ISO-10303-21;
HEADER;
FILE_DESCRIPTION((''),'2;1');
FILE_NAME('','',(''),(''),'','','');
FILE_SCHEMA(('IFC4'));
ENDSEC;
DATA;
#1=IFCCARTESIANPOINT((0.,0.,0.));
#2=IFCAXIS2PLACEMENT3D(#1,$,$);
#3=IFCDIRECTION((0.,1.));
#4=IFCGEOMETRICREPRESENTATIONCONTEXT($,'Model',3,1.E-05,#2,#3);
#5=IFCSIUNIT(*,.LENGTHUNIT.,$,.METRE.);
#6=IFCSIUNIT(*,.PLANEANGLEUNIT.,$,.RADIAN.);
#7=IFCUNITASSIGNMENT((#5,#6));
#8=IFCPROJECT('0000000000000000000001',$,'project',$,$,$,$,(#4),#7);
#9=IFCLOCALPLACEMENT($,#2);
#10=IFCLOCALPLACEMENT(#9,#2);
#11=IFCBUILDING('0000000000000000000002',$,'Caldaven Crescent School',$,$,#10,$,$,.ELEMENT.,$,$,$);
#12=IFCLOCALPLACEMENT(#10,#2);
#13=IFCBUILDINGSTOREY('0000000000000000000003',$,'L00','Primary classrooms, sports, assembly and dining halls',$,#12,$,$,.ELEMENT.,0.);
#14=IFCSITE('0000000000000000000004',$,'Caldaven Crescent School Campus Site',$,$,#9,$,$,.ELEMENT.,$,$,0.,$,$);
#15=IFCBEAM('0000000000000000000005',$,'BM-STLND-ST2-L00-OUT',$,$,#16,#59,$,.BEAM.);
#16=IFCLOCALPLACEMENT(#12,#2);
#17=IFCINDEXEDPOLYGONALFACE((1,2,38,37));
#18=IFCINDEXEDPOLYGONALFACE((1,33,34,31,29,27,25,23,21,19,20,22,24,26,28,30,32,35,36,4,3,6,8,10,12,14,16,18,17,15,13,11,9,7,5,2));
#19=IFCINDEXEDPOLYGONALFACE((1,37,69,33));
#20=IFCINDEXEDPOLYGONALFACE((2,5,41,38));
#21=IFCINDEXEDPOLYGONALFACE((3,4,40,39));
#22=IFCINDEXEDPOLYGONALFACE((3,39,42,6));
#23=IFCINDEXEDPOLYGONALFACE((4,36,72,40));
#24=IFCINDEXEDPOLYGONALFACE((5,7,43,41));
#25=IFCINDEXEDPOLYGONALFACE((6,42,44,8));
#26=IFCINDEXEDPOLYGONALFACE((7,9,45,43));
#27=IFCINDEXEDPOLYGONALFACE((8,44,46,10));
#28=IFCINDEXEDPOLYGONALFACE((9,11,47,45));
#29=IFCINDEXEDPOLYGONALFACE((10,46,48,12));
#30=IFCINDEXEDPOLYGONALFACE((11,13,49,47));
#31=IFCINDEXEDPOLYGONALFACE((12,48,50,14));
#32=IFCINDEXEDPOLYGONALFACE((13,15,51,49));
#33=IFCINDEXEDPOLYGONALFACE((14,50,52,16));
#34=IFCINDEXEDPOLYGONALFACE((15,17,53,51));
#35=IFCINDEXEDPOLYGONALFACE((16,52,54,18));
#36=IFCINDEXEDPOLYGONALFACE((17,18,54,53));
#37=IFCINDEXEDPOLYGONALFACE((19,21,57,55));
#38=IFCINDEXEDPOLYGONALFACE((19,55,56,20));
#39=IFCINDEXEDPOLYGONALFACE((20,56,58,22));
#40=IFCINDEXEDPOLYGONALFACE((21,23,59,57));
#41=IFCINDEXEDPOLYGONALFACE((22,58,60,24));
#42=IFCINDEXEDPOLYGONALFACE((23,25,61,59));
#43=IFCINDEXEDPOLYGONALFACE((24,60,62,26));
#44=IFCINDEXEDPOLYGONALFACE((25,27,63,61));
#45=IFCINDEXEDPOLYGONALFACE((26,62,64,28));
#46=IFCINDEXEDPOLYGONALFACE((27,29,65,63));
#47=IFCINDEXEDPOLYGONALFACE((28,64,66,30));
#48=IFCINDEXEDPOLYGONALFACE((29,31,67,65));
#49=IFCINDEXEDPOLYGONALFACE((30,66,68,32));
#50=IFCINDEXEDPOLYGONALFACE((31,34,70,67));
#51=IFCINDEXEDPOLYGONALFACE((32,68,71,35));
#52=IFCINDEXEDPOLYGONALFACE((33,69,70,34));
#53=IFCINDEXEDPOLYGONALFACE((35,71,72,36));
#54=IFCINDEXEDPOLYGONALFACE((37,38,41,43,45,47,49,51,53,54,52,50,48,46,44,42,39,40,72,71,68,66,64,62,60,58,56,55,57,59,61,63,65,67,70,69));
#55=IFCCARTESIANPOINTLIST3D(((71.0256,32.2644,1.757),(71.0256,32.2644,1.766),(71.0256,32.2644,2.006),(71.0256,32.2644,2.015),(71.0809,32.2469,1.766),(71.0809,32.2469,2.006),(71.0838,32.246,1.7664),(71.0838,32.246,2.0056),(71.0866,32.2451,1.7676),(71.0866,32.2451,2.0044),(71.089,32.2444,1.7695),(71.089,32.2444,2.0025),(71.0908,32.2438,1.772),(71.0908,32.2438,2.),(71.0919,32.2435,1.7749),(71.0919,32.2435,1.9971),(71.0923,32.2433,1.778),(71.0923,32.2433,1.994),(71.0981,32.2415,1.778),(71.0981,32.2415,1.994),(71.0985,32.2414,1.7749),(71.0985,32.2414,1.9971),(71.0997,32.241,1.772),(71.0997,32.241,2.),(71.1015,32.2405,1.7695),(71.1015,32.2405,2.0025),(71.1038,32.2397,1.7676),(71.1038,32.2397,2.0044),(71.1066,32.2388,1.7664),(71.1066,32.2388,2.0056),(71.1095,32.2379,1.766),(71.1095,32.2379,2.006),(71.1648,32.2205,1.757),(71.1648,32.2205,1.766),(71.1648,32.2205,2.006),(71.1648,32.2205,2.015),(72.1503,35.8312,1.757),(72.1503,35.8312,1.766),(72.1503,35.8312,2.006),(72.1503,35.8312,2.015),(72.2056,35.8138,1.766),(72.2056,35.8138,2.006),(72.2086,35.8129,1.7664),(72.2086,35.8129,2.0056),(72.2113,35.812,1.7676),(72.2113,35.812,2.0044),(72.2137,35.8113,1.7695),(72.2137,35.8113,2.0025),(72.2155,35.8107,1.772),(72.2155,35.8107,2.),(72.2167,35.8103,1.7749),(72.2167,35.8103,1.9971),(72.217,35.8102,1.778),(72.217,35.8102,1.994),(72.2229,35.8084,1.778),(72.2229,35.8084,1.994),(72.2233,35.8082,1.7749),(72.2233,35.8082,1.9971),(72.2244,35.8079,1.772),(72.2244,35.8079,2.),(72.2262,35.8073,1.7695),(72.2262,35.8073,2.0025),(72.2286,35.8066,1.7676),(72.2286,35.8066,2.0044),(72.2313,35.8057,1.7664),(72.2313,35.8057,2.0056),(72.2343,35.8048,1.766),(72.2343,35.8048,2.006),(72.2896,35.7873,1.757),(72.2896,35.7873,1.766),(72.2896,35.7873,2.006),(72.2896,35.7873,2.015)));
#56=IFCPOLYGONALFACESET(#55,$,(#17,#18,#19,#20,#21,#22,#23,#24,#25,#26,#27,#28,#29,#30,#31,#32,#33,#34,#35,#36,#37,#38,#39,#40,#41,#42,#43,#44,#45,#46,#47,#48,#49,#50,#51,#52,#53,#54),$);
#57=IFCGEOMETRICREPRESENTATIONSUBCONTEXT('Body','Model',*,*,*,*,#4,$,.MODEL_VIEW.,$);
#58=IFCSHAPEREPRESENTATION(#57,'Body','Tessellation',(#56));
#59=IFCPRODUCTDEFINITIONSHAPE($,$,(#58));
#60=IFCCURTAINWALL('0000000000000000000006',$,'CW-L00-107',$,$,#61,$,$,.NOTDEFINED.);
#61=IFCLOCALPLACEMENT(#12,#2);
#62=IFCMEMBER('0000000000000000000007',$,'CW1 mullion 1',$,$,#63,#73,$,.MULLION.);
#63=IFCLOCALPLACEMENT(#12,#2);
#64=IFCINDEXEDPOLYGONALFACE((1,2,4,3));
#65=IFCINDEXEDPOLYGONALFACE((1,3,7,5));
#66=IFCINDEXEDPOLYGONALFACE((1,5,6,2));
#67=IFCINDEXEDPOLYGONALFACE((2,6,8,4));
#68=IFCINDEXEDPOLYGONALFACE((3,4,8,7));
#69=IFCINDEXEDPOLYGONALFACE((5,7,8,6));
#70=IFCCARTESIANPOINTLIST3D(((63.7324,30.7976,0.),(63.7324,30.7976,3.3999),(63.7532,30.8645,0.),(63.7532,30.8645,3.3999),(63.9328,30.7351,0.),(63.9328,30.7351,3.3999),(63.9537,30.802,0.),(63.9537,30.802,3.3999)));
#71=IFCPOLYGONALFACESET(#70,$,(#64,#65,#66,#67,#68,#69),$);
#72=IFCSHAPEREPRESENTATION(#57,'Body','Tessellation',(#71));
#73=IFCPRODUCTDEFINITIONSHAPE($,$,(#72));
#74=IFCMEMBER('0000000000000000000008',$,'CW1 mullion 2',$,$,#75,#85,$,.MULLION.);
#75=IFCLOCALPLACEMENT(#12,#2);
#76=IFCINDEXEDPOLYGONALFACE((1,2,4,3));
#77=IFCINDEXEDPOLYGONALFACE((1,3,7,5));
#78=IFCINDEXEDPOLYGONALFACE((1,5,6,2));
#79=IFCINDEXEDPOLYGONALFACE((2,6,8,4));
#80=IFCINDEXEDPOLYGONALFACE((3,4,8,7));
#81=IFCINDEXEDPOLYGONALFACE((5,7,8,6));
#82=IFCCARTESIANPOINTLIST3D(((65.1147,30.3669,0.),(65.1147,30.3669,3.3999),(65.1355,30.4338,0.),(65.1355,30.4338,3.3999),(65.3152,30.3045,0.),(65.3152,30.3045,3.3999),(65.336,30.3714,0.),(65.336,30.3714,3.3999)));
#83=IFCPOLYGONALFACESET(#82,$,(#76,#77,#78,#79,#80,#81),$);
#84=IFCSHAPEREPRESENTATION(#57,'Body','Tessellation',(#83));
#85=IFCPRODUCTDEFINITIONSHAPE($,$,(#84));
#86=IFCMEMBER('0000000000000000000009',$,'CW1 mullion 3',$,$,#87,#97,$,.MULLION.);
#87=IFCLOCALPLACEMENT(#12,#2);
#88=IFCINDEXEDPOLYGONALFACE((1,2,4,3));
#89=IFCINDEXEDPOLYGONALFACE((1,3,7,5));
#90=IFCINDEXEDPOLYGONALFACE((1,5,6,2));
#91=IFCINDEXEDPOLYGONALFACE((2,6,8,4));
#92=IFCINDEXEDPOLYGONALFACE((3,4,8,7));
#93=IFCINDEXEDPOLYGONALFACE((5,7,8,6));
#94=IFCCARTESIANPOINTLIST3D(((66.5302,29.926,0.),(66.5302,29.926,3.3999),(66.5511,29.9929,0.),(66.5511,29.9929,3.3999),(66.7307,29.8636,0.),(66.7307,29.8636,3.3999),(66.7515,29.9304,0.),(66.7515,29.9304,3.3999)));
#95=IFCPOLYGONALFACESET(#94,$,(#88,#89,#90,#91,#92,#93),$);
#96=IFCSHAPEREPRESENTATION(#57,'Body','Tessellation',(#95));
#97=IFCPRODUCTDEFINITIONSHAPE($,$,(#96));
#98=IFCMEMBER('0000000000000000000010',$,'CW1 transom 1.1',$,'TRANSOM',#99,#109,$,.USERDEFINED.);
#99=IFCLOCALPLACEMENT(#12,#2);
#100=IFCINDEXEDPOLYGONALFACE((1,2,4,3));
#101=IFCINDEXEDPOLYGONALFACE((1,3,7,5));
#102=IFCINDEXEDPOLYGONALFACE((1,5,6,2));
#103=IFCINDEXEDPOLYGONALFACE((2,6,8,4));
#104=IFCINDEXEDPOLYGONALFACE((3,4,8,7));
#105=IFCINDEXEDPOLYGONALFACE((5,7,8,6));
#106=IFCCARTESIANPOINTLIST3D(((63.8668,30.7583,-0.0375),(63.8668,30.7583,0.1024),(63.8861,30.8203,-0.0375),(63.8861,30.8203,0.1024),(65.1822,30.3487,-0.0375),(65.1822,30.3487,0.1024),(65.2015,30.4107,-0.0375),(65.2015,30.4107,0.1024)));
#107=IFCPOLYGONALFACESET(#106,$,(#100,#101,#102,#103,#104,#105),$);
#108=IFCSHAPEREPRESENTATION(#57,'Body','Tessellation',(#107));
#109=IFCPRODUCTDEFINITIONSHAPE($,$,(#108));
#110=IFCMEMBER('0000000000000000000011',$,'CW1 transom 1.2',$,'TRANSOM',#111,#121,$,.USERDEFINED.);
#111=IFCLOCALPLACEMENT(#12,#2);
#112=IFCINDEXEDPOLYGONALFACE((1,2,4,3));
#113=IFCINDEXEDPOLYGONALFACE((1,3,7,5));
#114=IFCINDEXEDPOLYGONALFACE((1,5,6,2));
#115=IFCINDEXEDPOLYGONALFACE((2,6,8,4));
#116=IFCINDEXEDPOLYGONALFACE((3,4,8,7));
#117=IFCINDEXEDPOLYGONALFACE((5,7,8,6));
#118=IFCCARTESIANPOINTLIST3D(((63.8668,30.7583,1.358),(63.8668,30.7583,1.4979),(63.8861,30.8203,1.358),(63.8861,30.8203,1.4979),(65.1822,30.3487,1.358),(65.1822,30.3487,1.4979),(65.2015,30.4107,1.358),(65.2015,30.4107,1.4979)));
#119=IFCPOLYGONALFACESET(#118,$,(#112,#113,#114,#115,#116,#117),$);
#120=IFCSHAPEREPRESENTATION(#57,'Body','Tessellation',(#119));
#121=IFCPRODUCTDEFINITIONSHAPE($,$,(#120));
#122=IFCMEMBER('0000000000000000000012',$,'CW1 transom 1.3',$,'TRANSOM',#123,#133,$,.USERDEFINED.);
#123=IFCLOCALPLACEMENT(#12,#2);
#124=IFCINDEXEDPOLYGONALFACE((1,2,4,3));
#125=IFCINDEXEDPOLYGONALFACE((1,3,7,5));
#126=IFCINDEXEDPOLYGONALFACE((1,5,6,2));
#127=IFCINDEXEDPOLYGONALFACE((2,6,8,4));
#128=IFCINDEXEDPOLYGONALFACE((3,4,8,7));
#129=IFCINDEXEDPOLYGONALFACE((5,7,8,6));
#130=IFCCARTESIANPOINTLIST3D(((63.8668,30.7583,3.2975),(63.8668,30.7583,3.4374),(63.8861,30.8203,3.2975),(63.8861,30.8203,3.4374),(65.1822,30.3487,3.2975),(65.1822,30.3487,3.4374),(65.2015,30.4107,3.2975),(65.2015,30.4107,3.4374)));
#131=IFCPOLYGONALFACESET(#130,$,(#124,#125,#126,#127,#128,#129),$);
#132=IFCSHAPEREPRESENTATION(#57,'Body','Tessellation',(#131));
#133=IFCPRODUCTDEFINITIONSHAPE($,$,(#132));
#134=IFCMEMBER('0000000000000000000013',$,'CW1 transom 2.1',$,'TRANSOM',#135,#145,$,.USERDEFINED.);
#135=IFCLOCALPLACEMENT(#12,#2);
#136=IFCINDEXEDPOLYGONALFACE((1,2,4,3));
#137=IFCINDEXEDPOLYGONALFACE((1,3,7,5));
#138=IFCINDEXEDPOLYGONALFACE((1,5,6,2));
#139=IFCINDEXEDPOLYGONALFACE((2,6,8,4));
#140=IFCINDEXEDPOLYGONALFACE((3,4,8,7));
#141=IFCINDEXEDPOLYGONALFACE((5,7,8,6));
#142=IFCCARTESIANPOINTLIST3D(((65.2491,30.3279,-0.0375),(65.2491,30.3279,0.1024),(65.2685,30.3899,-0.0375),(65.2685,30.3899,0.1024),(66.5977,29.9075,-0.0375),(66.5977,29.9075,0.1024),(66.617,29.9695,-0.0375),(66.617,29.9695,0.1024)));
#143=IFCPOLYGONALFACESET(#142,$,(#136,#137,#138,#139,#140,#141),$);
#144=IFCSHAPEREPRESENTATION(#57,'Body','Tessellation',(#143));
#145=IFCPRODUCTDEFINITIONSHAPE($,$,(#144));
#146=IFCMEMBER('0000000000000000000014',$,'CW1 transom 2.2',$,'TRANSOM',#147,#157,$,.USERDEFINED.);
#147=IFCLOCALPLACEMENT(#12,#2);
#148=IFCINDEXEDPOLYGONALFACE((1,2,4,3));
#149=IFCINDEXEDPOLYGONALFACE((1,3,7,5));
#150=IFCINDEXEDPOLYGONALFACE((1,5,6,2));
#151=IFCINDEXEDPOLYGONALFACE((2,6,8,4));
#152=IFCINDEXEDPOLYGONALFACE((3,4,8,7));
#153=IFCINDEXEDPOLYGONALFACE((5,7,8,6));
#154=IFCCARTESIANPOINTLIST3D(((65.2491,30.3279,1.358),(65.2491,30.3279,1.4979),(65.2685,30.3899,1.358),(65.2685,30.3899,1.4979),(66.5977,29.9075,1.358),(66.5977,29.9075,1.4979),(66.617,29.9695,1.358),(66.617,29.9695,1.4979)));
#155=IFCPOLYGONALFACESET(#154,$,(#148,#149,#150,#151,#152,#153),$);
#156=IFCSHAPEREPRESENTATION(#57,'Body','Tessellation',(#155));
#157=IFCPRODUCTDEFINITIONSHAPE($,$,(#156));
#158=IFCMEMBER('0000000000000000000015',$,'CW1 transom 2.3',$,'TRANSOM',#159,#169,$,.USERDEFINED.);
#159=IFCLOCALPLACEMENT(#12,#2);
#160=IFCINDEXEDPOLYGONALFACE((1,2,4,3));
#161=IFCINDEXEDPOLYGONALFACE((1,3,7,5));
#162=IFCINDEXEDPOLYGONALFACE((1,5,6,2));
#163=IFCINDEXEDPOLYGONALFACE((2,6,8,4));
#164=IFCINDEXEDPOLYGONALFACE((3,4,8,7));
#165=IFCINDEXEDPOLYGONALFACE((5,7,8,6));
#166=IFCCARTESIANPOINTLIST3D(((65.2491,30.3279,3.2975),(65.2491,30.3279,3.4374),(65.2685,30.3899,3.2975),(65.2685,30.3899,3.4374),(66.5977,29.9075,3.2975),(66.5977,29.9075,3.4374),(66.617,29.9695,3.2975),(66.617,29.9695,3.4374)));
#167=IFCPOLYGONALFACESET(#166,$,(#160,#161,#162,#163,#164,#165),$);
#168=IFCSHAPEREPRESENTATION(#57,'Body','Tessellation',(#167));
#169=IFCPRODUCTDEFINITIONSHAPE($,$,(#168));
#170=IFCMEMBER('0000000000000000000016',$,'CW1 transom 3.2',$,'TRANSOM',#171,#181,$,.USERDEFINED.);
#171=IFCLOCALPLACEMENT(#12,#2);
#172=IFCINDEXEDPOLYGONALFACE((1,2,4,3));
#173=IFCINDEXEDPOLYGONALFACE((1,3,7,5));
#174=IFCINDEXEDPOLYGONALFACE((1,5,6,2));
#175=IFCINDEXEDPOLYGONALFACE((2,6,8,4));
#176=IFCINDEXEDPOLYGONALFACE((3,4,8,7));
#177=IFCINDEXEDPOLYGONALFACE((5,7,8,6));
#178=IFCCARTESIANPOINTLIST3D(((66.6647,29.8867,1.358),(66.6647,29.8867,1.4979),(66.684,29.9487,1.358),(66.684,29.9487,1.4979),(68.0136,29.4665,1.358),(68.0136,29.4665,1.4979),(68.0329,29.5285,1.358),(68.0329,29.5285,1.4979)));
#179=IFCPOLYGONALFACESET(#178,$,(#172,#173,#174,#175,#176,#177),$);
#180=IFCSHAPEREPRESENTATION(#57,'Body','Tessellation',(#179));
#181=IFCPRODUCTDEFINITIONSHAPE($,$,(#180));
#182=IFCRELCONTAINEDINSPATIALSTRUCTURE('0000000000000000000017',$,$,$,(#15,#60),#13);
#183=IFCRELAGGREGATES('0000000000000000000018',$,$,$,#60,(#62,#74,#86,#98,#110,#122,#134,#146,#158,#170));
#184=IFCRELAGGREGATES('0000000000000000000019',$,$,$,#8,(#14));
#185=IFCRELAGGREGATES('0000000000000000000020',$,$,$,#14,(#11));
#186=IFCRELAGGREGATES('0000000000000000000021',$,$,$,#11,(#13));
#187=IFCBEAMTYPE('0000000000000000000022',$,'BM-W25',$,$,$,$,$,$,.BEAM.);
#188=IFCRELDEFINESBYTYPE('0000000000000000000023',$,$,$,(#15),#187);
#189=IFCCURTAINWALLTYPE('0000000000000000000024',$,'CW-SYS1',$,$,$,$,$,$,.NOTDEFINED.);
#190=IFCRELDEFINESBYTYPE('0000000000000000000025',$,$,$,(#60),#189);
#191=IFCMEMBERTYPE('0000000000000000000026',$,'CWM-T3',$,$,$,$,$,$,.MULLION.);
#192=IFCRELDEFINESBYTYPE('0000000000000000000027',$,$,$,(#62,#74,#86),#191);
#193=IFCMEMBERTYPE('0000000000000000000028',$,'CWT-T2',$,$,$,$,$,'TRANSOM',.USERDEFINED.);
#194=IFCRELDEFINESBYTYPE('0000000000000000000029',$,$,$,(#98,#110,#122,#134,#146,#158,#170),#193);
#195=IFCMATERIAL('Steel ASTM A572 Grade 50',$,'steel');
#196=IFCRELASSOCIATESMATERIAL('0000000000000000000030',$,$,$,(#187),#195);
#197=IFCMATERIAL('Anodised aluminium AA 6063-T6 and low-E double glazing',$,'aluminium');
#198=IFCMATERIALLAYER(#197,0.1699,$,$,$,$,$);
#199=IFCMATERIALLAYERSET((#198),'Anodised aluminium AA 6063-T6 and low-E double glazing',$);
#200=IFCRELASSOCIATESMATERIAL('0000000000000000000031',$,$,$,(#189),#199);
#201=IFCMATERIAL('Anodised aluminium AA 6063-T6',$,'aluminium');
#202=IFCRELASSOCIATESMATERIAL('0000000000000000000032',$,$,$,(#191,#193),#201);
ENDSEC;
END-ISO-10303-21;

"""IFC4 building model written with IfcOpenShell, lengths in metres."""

from ifc_helpers import new_model, si_unit, direction, frame, origin, origin_2d, place, context, subcontext, project, spatial, rectangle, i_section, extrude, material, layer, layer_set, material_profile, profile_set, type_object, element, aggregate, save


model = new_model("IFC4")

# Units and contexts
model_context = context("Model", 3, precision=1e-05, world=origin(), true_north=direction((0.0, 1.0)))
body_context = subcontext(model_context, "Body", "Model", "MODEL_VIEW")
ifc_project = project(units=[si_unit("LENGTHUNIT", "METRE"), si_unit("PLANEANGLEUNIT", "RADIAN")], contexts=[model_context])

# Site, building, storey
site_placement = place(None, origin())
site = spatial("IfcSite", under=ifc_project, at=site_placement, Name="Caldaven Crescent School Campus Site", CompositionType="ELEMENT", RefElevation=0.0)
building_placement = place(site_placement, origin())
building = spatial("IfcBuilding", under=site, at=building_placement, Name="Caldaven Crescent School", CompositionType="ELEMENT")
storey_placement = place(building_placement, origin())
storey = spatial("IfcBuildingStorey", under=building, at=storey_placement, Name="L00", Description="Primary classrooms, sports, assembly and dining halls", CompositionType="ELEMENT", Elevation=0.0)

# Shared definitions
ifc_material_1 = material(Name="Steel ASTM A572 Grade 50", Category="steel")

# Beam
ifc_material_profile_1 = material_profile(ifc_material_1, i_section(OverallWidth=0.146, OverallDepth=0.2581, WebThickness=0.0061, FlangeThickness=0.009, FilletRadius=0.012, at=origin_2d()), Name="W250x33")
ifc_profile_set_1 = profile_set([ifc_material_profile_1], Name="Steel ASTM A572 Grade 50")
beam_type_1 = type_object("IfcBeamType", Name="BM-W25", PredefinedType="BEAM", material=ifc_profile_set_1)
for number, where, z_axis, x_axis, name in (
    (1, (71.0952, 32.2424, 1.886), (0.300735, 0.953708, 0.0), (-0.953708, 0.300735, 0.0), "BM-STLND-ST2-L00-OUT"),
):
    element("IfcBeam", number, at=place(storey_placement, frame(where, z_axis=z_axis, x_axis=x_axis)), inside=storey, type_object=beam_type_1, Name=name, PredefinedType="BEAM", context=body_context, shape_type="SweptSolid", body=[
        extrude(i_section(OverallWidth=0.146, OverallDepth=0.2581, WebThickness=0.0061, FlangeThickness=0.009, FilletRadius=0.012, at=origin_2d()), origin(), (0.0, 0.0, 1.0), 3.74),
    ])

# Curtain wall, members
ifc_material_2 = material(Name="Anodised aluminium AA 6063-T6 and low-E double glazing", Category="aluminium")
ifc_layer_1 = layer(ifc_material_2, 0.1699)
ifc_layer_set_1 = layer_set([ifc_layer_1], Name="Anodised aluminium AA 6063-T6 and low-E double glazing")
curtain_wall_type = type_object("IfcCurtainWallType", Name="CW-SYS1", PredefinedType="NOTDEFINED", material=ifc_layer_set_1)
curtain_wall_placement = place(storey_placement, origin())
curtain_wall = element("IfcCurtainWall", 2, at=curtain_wall_placement, inside=storey, type_object=curtain_wall_type, Name="CW-L00-107", PredefinedType="NOTDEFINED")
ifc_material_3 = material(Name="Anodised aluminium AA 6063-T6", Category="aluminium")
ifc_material_profile_2 = material_profile(ifc_material_3, rectangle(XDim=0.0701, YDim=0.21, at=origin_2d()), Name="CWM 70x210")
ifc_profile_set_2 = profile_set([ifc_material_profile_2], Name="Anodised aluminium AA 6063-T6")
member_type_1 = type_object("IfcMemberType", Name="CWM-T3", PredefinedType="MULLION", material=ifc_profile_set_2)
member_1_placement = place(storey_placement, frame((63.843, 30.7998, 0.0), z_axis=(0.0, 0.0, 1.0), x_axis=(0.29742, 0.954747, 0.0)))
member_1 = element("IfcMember", 3, at=member_1_placement, type_object=member_type_1, Name="CW1 mullion 1", PredefinedType="MULLION", context=body_context, shape_type="SweptSolid", body=[
    extrude(rectangle(XDim=0.0701, YDim=0.21, at=origin_2d()), origin(), (0.0, 0.0, 1.0), 3.3999),
])
member_2_placement = place(storey_placement, frame((65.2253, 30.3691, 0.0), z_axis=(0.0, 0.0, 1.0), x_axis=(0.29742, 0.954747, 0.0)))
member_2 = element("IfcMember", 4, at=member_2_placement, type_object=member_type_1, Name="CW1 mullion 2", PredefinedType="MULLION", context=body_context, shape_type="SweptSolid", body=[
    extrude(rectangle(XDim=0.0701, YDim=0.21, at=origin_2d()), origin(), (0.0, 0.0, 1.0), 3.3999),
])
member_3_placement = place(storey_placement, frame((66.6409, 29.9282, 0.0), z_axis=(0.0, 0.0, 1.0), x_axis=(0.29742, 0.954747, 0.0)))
member_3 = element("IfcMember", 5, at=member_3_placement, type_object=member_type_1, Name="CW1 mullion 3", PredefinedType="MULLION", context=body_context, shape_type="SweptSolid", body=[
    extrude(rectangle(XDim=0.0701, YDim=0.21, at=origin_2d()), origin(), (0.0, 0.0, 1.0), 3.3999),
])
ifc_material_profile_3 = material_profile(ifc_material_3, rectangle(XDim=0.0649, YDim=0.1399, at=origin_2d()), Name="CWT 65x140")
ifc_profile_set_3 = profile_set([ifc_material_profile_3], Name="Anodised aluminium AA 6063-T6")
member_type_2 = type_object("IfcMemberType", Name="CWT-T2", ElementType="TRANSOM", PredefinedType="USERDEFINED", material=ifc_profile_set_3)
member_4_placement = place(storey_placement, frame((63.8765, 30.7893, 0.0325), z_axis=(0.95477, -0.297347, 0.0), x_axis=(0.297347, 0.95477, 0.0)))
member_4 = element("IfcMember", 6, at=member_4_placement, type_object=member_type_2, Name="CW1 transom 1.1", ObjectType="TRANSOM", PredefinedType="USERDEFINED", context=body_context, shape_type="SweptSolid", body=[
    extrude(rectangle(XDim=0.0649, YDim=0.1399, at=origin_2d()), origin(), (0.0, 0.0, 1.0), 1.3777),
])
member_5_placement = place(storey_placement, frame((63.8765, 30.7893, 1.428), z_axis=(0.95477, -0.297347, 0.0), x_axis=(0.297347, 0.95477, 0.0)))
member_5 = element("IfcMember", 7, at=member_5_placement, type_object=member_type_2, Name="CW1 transom 1.2", ObjectType="TRANSOM", PredefinedType="USERDEFINED", context=body_context, shape_type="SweptSolid", body=[
    extrude(rectangle(XDim=0.0649, YDim=0.1399, at=origin_2d()), origin(), (0.0, 0.0, 1.0), 1.3777),
])
member_6_placement = place(storey_placement, frame((63.8765, 30.7893, 3.3674), z_axis=(0.95477, -0.297347, 0.0), x_axis=(0.297347, 0.95477, 0.0)))
member_6 = element("IfcMember", 8, at=member_6_placement, type_object=member_type_2, Name="CW1 transom 1.3", ObjectType="TRANSOM", PredefinedType="USERDEFINED", context=body_context, shape_type="SweptSolid", body=[
    extrude(rectangle(XDim=0.0649, YDim=0.1399, at=origin_2d()), origin(), (0.0, 0.0, 1.0), 1.3777),
])
member_7_placement = place(storey_placement, frame((65.2588, 30.3589, 0.0325), z_axis=(0.954689, -0.297606, 0.0), x_axis=(0.297606, 0.954689, 0.0)))
member_7 = element("IfcMember", 9, at=member_7_placement, type_object=member_type_2, Name="CW1 transom 2.1", ObjectType="TRANSOM", PredefinedType="USERDEFINED", context=body_context, shape_type="SweptSolid", body=[
    extrude(rectangle(XDim=0.0649, YDim=0.1399, at=origin_2d()), origin(), (0.0, 0.0, 1.0), 1.4126),
])
member_8_placement = place(storey_placement, frame((65.2588, 30.3589, 1.428), z_axis=(0.954689, -0.297606, 0.0), x_axis=(0.297606, 0.954689, 0.0)))
member_8 = element("IfcMember", 10, at=member_8_placement, type_object=member_type_2, Name="CW1 transom 2.2", ObjectType="TRANSOM", PredefinedType="USERDEFINED", context=body_context, shape_type="SweptSolid", body=[
    extrude(rectangle(XDim=0.0649, YDim=0.1399, at=origin_2d()), origin(), (0.0, 0.0, 1.0), 1.4126),
])
member_9_placement = place(storey_placement, frame((65.2588, 30.3589, 3.3674), z_axis=(0.954689, -0.297606, 0.0), x_axis=(0.297606, 0.954689, 0.0)))
member_9 = element("IfcMember", 11, at=member_9_placement, type_object=member_type_2, Name="CW1 transom 2.3", ObjectType="TRANSOM", PredefinedType="USERDEFINED", context=body_context, shape_type="SweptSolid", body=[
    extrude(rectangle(XDim=0.0649, YDim=0.1399, at=origin_2d()), origin(), (0.0, 0.0, 1.0), 1.4126),
])
member_10_placement = place(storey_placement, frame((66.6743, 29.9177, 1.428), z_axis=(0.954753, -0.297399, 0.0), x_axis=(0.297399, 0.954753, 0.0)))
member_10 = element("IfcMember", 12, at=member_10_placement, type_object=member_type_2, Name="CW1 transom 3.2", ObjectType="TRANSOM", PredefinedType="USERDEFINED", context=body_context, shape_type="SweptSolid", body=[
    extrude(rectangle(XDim=0.0649, YDim=0.1399, at=origin_2d()), origin(), (0.0, 0.0, 1.0), 1.4128),
])

aggregate(curtain_wall, [member_1, member_2, member_3, member_4, member_5, member_6, member_7, member_8, member_9, member_10])

save(model, "model.ifc")
